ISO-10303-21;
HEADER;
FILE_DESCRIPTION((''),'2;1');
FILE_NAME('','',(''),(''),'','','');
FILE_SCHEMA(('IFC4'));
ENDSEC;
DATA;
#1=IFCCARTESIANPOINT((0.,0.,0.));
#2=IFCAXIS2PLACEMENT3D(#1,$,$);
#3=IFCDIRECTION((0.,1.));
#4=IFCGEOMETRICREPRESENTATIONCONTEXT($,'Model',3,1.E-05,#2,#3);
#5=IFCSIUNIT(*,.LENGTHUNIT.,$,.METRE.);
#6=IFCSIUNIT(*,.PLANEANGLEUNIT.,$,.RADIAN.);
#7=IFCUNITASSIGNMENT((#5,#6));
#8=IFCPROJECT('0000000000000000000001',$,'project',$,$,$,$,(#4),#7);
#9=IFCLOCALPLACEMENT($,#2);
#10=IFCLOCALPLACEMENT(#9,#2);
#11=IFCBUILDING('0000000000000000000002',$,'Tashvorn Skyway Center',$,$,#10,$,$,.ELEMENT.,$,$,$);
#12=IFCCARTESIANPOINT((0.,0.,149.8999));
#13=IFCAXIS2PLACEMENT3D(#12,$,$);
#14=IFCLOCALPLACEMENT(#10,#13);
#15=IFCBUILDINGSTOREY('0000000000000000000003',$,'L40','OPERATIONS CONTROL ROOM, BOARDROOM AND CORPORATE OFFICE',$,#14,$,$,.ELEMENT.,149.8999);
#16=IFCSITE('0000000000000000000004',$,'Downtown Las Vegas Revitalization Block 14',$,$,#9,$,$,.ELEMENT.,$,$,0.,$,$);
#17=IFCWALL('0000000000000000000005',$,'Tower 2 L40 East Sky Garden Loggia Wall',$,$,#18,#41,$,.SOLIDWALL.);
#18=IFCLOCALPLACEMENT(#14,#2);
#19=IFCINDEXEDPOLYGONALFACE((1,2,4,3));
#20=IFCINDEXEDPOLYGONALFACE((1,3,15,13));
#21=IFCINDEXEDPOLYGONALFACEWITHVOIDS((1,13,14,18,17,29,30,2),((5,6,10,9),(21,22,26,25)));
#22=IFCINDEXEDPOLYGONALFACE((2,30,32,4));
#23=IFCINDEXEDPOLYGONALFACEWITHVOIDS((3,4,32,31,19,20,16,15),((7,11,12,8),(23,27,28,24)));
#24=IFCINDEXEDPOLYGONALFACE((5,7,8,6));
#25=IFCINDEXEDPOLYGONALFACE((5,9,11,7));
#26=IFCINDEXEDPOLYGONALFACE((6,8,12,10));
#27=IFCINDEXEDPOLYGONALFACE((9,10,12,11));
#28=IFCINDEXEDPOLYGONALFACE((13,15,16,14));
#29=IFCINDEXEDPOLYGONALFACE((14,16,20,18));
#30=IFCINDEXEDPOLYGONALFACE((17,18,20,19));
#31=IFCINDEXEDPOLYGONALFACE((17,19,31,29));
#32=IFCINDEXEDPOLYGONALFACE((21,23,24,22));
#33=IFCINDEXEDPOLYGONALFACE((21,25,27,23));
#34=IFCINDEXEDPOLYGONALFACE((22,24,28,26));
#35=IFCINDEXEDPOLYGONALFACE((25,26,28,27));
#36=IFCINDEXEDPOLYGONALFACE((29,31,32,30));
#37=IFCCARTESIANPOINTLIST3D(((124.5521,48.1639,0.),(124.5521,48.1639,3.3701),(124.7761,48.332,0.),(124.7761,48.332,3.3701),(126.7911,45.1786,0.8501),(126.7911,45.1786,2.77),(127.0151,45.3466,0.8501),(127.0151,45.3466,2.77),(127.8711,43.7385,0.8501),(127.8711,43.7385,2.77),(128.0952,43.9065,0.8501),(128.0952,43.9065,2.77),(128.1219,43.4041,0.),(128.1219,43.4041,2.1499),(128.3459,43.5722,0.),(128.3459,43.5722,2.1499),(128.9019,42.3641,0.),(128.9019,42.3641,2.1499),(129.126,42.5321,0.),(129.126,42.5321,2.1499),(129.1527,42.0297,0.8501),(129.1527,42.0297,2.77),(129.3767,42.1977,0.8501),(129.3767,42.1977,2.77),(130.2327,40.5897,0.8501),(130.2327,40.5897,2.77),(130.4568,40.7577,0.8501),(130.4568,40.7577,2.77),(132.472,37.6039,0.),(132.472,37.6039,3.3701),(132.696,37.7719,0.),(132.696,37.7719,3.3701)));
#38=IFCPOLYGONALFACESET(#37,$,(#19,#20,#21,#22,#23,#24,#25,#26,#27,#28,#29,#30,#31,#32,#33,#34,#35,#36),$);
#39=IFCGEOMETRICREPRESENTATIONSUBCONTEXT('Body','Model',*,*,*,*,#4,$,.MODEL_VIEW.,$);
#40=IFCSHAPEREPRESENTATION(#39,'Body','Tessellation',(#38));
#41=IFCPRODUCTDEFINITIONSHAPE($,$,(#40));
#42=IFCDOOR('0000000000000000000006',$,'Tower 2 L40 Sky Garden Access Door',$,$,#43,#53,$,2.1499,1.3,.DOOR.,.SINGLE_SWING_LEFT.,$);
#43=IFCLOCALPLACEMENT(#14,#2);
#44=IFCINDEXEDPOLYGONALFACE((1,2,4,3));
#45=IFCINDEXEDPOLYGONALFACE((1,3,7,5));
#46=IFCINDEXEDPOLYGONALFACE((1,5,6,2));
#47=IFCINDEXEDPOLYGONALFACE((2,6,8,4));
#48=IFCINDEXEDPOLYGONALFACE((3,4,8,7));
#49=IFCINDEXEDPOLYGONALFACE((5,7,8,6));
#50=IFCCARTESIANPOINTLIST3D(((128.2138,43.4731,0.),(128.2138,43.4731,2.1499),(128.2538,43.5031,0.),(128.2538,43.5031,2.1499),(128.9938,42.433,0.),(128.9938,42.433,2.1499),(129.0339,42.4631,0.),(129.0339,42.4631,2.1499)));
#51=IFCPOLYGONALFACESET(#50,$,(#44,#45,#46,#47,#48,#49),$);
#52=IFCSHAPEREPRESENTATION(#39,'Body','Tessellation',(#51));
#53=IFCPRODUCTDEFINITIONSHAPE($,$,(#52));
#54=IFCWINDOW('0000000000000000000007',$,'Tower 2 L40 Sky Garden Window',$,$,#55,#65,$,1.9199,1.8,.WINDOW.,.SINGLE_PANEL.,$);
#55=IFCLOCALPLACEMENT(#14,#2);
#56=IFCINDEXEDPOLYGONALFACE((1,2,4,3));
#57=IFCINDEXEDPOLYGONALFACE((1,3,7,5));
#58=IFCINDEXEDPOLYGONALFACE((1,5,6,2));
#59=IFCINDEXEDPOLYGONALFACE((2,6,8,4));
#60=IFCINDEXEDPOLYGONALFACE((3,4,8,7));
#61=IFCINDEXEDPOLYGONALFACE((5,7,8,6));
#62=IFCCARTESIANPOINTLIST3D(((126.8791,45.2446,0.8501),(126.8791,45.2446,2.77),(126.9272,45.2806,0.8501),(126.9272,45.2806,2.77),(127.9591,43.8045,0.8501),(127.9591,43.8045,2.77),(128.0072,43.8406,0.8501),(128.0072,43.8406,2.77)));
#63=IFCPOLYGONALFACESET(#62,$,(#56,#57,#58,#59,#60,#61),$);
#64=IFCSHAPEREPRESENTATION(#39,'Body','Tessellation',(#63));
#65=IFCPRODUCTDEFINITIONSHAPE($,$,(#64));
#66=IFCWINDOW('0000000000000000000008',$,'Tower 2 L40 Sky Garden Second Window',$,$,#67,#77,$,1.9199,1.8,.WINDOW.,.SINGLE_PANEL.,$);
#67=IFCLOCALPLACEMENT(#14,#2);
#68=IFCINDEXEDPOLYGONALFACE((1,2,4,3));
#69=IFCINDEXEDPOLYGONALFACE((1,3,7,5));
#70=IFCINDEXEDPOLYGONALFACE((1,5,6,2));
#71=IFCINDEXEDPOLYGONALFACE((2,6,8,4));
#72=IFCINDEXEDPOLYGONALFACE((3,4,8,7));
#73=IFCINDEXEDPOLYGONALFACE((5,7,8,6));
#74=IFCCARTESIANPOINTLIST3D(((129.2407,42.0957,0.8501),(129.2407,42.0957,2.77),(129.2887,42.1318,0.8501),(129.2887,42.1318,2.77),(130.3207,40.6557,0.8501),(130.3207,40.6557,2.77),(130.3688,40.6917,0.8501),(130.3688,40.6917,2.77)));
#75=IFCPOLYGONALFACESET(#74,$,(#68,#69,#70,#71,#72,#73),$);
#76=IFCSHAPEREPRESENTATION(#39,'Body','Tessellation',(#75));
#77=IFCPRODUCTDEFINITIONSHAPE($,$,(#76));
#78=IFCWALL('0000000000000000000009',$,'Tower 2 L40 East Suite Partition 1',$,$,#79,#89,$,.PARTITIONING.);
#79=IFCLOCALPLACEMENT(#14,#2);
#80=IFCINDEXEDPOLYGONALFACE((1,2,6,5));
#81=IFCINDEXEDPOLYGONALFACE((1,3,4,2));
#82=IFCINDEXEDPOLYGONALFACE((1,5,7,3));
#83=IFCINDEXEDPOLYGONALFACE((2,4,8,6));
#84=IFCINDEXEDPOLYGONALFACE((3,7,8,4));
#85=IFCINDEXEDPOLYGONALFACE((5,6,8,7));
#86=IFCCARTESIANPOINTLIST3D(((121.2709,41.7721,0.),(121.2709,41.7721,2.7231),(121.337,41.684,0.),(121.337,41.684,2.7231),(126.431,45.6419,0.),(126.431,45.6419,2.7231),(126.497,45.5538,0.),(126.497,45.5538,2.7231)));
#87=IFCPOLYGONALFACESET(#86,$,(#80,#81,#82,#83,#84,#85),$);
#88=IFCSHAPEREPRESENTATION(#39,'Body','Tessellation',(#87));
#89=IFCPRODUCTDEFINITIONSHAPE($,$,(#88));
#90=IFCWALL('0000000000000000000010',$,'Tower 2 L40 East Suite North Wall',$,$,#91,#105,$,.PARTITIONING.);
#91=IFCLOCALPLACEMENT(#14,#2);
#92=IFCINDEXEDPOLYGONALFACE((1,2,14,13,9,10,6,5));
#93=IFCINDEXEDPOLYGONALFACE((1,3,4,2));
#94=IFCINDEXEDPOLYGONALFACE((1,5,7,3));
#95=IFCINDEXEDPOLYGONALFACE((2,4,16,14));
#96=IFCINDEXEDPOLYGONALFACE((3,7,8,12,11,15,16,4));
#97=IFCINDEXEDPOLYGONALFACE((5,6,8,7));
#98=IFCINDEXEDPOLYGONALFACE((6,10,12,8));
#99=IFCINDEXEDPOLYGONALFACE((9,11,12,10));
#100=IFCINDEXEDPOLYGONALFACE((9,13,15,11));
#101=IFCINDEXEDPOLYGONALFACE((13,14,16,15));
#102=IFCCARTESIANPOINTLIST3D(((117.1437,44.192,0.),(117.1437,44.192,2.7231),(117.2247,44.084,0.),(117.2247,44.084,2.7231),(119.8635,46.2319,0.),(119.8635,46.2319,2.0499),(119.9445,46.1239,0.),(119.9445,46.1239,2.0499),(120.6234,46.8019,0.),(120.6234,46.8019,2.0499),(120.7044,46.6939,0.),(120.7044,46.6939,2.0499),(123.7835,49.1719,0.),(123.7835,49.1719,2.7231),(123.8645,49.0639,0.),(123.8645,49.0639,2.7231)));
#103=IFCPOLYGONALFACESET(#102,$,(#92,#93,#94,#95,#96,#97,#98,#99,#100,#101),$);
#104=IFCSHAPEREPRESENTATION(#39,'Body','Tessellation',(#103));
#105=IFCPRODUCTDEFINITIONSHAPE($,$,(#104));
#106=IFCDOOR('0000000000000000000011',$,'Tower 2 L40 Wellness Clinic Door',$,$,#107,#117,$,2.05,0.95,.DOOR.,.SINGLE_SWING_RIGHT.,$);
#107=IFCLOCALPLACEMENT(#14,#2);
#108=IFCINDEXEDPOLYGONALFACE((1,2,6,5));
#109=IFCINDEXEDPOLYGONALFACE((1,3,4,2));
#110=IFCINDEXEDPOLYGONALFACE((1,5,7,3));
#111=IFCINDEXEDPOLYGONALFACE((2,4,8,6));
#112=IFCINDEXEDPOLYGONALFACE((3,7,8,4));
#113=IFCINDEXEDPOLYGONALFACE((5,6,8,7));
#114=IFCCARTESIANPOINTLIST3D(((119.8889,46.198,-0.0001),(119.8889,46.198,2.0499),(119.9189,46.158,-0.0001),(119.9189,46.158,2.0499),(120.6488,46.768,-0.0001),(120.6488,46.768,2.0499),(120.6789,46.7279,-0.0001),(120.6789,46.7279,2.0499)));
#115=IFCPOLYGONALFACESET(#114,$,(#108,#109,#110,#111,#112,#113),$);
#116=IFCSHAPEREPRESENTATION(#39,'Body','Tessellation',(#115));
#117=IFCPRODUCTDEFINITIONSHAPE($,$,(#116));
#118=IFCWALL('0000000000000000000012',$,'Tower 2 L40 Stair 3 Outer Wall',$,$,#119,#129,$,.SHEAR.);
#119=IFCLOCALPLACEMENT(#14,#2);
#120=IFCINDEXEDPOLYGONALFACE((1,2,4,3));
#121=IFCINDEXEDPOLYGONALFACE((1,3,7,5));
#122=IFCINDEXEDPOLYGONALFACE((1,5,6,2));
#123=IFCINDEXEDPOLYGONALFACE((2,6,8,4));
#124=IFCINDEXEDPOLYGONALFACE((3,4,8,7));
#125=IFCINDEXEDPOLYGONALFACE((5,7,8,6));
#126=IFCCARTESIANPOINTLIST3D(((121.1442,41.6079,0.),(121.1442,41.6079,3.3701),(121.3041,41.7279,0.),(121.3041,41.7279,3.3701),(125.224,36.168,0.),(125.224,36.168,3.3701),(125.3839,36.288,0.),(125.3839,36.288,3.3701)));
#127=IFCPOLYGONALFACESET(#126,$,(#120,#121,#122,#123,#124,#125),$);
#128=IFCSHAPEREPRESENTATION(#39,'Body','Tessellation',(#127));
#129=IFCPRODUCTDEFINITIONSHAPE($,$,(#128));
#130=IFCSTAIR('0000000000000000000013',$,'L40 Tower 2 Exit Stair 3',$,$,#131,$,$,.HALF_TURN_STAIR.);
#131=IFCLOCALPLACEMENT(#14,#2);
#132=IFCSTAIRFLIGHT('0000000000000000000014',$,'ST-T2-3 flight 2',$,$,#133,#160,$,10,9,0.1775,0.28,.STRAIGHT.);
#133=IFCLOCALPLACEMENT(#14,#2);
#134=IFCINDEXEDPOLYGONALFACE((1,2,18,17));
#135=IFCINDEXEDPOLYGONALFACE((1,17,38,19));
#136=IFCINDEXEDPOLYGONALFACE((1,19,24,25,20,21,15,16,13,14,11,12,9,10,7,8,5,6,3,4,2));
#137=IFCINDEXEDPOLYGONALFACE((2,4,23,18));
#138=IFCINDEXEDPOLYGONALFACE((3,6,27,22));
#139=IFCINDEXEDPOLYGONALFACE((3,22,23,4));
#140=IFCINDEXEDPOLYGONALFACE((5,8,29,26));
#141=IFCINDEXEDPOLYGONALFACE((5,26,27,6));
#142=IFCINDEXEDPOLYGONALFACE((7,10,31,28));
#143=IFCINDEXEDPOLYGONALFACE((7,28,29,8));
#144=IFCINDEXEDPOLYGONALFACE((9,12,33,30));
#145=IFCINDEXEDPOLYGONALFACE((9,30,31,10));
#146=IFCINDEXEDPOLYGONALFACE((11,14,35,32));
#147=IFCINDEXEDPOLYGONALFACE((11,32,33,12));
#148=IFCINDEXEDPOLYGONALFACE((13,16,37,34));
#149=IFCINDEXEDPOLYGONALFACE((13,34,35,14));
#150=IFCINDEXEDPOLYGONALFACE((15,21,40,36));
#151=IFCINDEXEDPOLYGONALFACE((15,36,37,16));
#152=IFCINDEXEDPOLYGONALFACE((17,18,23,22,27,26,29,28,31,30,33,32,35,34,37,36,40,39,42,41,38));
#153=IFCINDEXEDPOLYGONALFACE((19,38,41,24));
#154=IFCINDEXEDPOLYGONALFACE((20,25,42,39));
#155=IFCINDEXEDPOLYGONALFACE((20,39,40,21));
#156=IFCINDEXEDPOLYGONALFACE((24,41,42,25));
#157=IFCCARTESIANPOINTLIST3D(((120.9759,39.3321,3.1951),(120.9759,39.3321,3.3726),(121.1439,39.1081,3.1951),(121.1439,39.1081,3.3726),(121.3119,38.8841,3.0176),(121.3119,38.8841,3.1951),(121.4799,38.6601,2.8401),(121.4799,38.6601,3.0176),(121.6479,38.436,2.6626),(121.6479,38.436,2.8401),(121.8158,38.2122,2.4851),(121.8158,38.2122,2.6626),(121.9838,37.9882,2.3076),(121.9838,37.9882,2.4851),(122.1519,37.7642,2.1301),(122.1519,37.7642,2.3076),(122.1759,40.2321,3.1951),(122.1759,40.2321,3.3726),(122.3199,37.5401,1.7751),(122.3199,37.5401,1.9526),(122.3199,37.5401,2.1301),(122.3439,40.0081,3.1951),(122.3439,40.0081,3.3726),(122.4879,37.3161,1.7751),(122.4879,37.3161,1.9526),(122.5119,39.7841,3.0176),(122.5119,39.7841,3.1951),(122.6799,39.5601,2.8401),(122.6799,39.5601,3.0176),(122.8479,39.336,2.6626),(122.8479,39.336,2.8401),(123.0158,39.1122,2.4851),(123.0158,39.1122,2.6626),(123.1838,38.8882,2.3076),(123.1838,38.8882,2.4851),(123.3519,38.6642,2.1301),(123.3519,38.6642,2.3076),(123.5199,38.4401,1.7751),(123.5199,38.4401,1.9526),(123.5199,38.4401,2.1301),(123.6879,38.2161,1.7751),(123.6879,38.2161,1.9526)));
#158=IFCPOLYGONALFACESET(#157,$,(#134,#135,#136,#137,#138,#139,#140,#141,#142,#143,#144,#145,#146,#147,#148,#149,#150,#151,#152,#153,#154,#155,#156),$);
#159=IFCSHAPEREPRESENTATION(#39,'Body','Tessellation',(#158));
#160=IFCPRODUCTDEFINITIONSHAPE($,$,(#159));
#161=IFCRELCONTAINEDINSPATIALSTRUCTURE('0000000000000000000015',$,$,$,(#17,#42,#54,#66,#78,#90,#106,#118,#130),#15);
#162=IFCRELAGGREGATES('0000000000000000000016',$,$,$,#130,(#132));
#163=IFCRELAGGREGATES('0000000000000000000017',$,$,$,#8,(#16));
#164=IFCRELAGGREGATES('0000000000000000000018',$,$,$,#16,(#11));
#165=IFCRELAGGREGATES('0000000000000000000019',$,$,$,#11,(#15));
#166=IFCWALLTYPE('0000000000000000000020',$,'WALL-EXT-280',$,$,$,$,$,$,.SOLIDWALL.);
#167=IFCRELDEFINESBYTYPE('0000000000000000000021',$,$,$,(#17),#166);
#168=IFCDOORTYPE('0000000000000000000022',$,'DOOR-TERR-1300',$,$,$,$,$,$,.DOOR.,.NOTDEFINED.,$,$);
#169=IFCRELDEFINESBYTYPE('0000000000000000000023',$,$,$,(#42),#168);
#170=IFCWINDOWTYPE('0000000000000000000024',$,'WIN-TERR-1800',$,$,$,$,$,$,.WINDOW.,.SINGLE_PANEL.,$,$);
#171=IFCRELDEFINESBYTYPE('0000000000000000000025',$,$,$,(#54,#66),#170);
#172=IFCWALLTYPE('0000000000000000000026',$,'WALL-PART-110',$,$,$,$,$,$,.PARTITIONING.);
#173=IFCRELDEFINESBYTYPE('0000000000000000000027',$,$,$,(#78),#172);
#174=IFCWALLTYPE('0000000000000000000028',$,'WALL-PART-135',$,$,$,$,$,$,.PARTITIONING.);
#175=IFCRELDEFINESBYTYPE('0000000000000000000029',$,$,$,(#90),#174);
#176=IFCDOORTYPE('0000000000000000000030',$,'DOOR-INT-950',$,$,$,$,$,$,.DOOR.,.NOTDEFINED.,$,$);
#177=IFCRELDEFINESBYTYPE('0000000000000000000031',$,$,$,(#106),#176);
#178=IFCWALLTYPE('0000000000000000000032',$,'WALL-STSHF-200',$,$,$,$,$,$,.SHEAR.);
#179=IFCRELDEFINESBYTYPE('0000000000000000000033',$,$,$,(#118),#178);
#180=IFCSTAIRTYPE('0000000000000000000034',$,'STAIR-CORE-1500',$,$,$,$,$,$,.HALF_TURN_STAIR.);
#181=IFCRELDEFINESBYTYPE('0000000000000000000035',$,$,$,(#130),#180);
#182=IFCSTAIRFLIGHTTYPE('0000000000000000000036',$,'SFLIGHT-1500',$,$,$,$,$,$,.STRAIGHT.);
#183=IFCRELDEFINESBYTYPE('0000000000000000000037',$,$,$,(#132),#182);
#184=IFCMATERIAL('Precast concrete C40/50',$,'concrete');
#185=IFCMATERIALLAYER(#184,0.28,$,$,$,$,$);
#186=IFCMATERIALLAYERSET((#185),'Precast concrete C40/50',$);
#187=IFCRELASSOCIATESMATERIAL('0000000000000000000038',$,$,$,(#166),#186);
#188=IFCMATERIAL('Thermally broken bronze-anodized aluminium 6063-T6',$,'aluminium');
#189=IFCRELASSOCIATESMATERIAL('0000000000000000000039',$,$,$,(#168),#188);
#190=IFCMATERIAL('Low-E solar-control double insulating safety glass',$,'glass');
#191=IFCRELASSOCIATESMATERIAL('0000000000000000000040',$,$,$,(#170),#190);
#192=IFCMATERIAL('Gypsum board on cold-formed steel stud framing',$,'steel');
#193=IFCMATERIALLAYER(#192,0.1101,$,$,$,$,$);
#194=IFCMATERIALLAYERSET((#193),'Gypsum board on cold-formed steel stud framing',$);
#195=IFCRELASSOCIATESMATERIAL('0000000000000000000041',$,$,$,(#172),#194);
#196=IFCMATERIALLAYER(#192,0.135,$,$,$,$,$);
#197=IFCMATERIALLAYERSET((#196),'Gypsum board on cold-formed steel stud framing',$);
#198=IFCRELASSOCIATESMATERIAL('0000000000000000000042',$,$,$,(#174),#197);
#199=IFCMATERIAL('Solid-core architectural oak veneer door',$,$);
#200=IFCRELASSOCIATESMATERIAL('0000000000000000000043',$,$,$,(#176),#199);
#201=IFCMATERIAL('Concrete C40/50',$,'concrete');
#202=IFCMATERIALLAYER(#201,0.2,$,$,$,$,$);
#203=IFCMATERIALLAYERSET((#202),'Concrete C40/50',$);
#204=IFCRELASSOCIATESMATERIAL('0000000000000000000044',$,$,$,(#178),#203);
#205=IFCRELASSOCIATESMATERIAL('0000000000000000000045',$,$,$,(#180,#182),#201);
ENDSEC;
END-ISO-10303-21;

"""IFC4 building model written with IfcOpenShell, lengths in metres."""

from ifc_helpers import new_model, si_unit, direction, frame, frame_2d, origin, place, context, subcontext, project, spatial, polyline, rectangle, outline, extrude, material, layer, layer_set, type_object, element, fill, aggregate, save


model = new_model("IFC4")

# Units and contexts
model_context = context("Model", 3, precision=1e-05, world=origin(), true_north=direction((0.0, 1.0)))
body_context = subcontext(model_context, "Body", "Model", "MODEL_VIEW")
ifc_project = project(units=[si_unit("LENGTHUNIT", "METRE"), si_unit("PLANEANGLEUNIT", "RADIAN")], contexts=[model_context])

# Site, building, storey
site_placement = place(None, origin())
site = spatial("IfcSite", under=ifc_project, at=site_placement, Name="Downtown Las Vegas Revitalization Block 14", CompositionType="ELEMENT", RefElevation=0.0)
building_placement = place(site_placement, origin())
building = spatial("IfcBuilding", under=site, at=building_placement, Name="Tashvorn Skyway Center", CompositionType="ELEMENT")
storey_placement = place(building_placement, frame((0.0, 0.0, 149.8999)))
storey = spatial("IfcBuildingStorey", under=building, at=storey_placement, Name="L40", Description="OPERATIONS CONTROL ROOM, BOARDROOM AND CORPORATE OFFICE", CompositionType="ELEMENT", Elevation=149.8999)

# Shared definitions
ifc_material_1 = material(Name="Thermally broken bronze-anodized aluminium 6063-T6", Category="aluminium")

# Shared definitions
ifc_material_2 = material(Name="Low-E solar-control double insulating safety glass", Category="glass")

# Wall, openings, door, windows
ifc_material_3 = material(Name="Precast concrete C40/50", Category="concrete")
ifc_layer_1 = layer(ifc_material_3, 0.28)
ifc_layer_set_1 = layer_set([ifc_layer_1], Name="Precast concrete C40/50")
wall_type_1 = type_object("IfcWallType", Name="WALL-EXT-280", PredefinedType="SOLIDWALL", material=ifc_layer_set_1)
wall_1_placement = place(storey_placement, frame((124.6641, 48.248, 0.0), z_axis=(0.0, 0.0, 1.0), x_axis=(0.599994, -0.800004, 0.0)))
wall_1 = element("IfcWall", 1, at=wall_1_placement, inside=storey, type_object=wall_type_1, Name="Tower 2 L40 East Sky Garden Loggia Wall", PredefinedType="SOLIDWALL", context=body_context, shape_type="SweptSolid", body=[
    extrude(rectangle(XDim=13.2, YDim=0.28, at=frame_2d((6.6001, 0.0))), origin(), (0.0, 0.0, 1.0), 3.3701),
])
opening_1_placement = place(wall_1_placement, frame((5.95, 0.0, 0.0)))
opening_1 = element("IfcOpeningElement", 2, at=opening_1_placement, cuts=wall_1, PredefinedType="OPENING", context=body_context, shape_type="SweptSolid", body=[
    extrude(rectangle(XDim=1.3, YDim=2.1499, at=frame_2d((0.6499, 1.075))), frame((0.0, 0.1499, 0.0), z_axis=(0.0, -1.0, 0.0), x_axis=(1.0, 0.0, 0.0)), (0.0, 0.0, 1.0), 0.3),
])
opening_2_placement = place(wall_1_placement, frame((3.7319, 0.0, 0.8501)))
opening_2 = element("IfcOpeningElement", 3, at=opening_2_placement, cuts=wall_1, PredefinedType="OPENING", context=body_context, shape_type="SweptSolid", body=[
    extrude(rectangle(XDim=1.8, YDim=1.9199, at=frame_2d((0.8999, 0.96))), frame((0.0, 0.1499, 0.0), z_axis=(0.0, -1.0, 0.0), x_axis=(1.0, 0.0, 0.0)), (0.0, 0.0, 1.0), 0.3),
])
opening_3_placement = place(wall_1_placement, frame((7.668, 0.0, 0.8501)))
opening_3 = element("IfcOpeningElement", 4, at=opening_3_placement, cuts=wall_1, PredefinedType="OPENING", context=body_context, shape_type="SweptSolid", body=[
    extrude(rectangle(XDim=1.8, YDim=1.9199, at=frame_2d((0.8999, 0.96))), frame((0.0, 0.1499, 0.0), z_axis=(0.0, -1.0, 0.0), x_axis=(1.0, 0.0, 0.0)), (0.0, 0.0, 1.0), 0.3),
])
door_type_1 = type_object("IfcDoorType", Name="DOOR-TERR-1300", OperationType="NOTDEFINED", PredefinedType="DOOR", material=ifc_material_1)
door_1_placement = place(opening_1_placement, origin())
door_1 = element("IfcDoor", 5, at=door_1_placement, inside=storey, type_object=door_type_1, Name="Tower 2 L40 Sky Garden Access Door", OperationType="SINGLE_SWING_LEFT", OverallHeight=2.1499, OverallWidth=1.3, PredefinedType="DOOR", context=body_context, shape_type="SweptSolid", body=[
    extrude(rectangle(XDim=1.3, YDim=2.1499, at=frame_2d((0.6499, 1.075))), frame((0.0, 0.0249, 0.0), z_axis=(0.0, -1.0, 0.0), x_axis=(1.0, 0.0, 0.0)), (0.0, 0.0, 1.0), 0.05),
])
fill(opening_1, door_1)
window_type = type_object("IfcWindowType", Name="WIN-TERR-1800", PartitioningType="SINGLE_PANEL", PredefinedType="WINDOW", material=ifc_material_2)
window_1_placement = place(opening_2_placement, origin())
window_1 = element("IfcWindow", 6, at=window_1_placement, inside=storey, type_object=window_type, Name="Tower 2 L40 Sky Garden Window", OverallHeight=1.9199, OverallWidth=1.8, PartitioningType="SINGLE_PANEL", PredefinedType="WINDOW", context=body_context, shape_type="SweptSolid", body=[
    extrude(rectangle(XDim=1.8, YDim=1.9199, at=frame_2d((0.8999, 0.96))), frame((0.0, 0.03, 0.0), z_axis=(0.0, -1.0, 0.0), x_axis=(1.0, 0.0, 0.0)), (0.0, 0.0, 1.0), 0.0601),
])
fill(opening_2, window_1)
window_2_placement = place(opening_3_placement, origin())
window_2 = element("IfcWindow", 7, at=window_2_placement, inside=storey, type_object=window_type, Name="Tower 2 L40 Sky Garden Second Window", OverallHeight=1.9199, OverallWidth=1.8, PartitioningType="SINGLE_PANEL", PredefinedType="WINDOW", context=body_context, shape_type="SweptSolid", body=[
    extrude(rectangle(XDim=1.8, YDim=1.9199, at=frame_2d((0.8999, 0.96))), frame((0.0, 0.03, 0.0), z_axis=(0.0, -1.0, 0.0), x_axis=(1.0, 0.0, 0.0)), (0.0, 0.0, 1.0), 0.0601),
])
fill(opening_3, window_2)

# Wall
ifc_material_4 = material(Name="Gypsum board on cold-formed steel stud framing", Category="steel")
ifc_layer_2 = layer(ifc_material_4, 0.1101)
ifc_layer_set_2 = layer_set([ifc_layer_2], Name="Gypsum board on cold-formed steel stud framing")
wall_type_2 = type_object("IfcWallType", Name="WALL-PART-110", PredefinedType="PARTITIONING", material=ifc_layer_set_2)
wall_2_placement = place(storey_placement, frame((126.4641, 45.5979, 0.0), z_axis=(0.0, 0.0, 1.0), x_axis=(-0.800018, -0.599976, 0.0)))
element("IfcWall", 8, at=wall_2_placement, inside=storey, type_object=wall_type_2, Name="Tower 2 L40 East Suite Partition 1", PredefinedType="PARTITIONING", context=body_context, shape_type="SweptSolid", body=[
    extrude(rectangle(XDim=6.45, YDim=0.1101, at=frame_2d((3.2251, 0.0))), origin(), (0.0, 0.0, 1.0), 2.7231),
])

# Wall, opening, door
ifc_layer_3 = layer(ifc_material_4, 0.135)
ifc_layer_set_3 = layer_set([ifc_layer_3], Name="Gypsum board on cold-formed steel stud framing")
wall_type_3 = type_object("IfcWallType", Name="WALL-PART-135", PredefinedType="PARTITIONING", material=ifc_layer_set_3)
wall_3_placement = place(storey_placement, frame((123.824, 49.1179, 0.0), z_axis=(0.0, 0.0, 1.0), x_axis=(-0.799996, -0.600005, 0.0)))
wall_3 = element("IfcWall", 9, at=wall_3_placement, inside=storey, type_object=wall_type_3, Name="Tower 2 L40 East Suite North Wall", PredefinedType="PARTITIONING", context=body_context, shape_type="SweptSolid", body=[
    extrude(rectangle(XDim=8.2998, YDim=0.135, at=frame_2d((4.1499, 0.0))), origin(), (0.0, 0.0, 1.0), 2.7231),
])
opening_4_placement = place(wall_3_placement, frame((3.95, 0.0, 0.0)))
opening_4 = element("IfcOpeningElement", 10, at=opening_4_placement, cuts=wall_3, PredefinedType="OPENING", context=body_context, shape_type="SweptSolid", body=[
    extrude(rectangle(XDim=0.95, YDim=2.05, at=frame_2d((0.4751, 1.0249))), frame((0.0, 0.0774, 0.0), z_axis=(0.0, -1.0, 0.0), x_axis=(1.0, 0.0, 0.0)), (0.0, 0.0, 1.0), 0.155),
])
ifc_material_5 = material(Name="Solid-core architectural oak veneer door")
door_type_2 = type_object("IfcDoorType", Name="DOOR-INT-950", OperationType="NOTDEFINED", PredefinedType="DOOR", material=ifc_material_5)
door_2_placement = place(opening_4_placement, origin())
door_2 = element("IfcDoor", 11, at=door_2_placement, inside=storey, type_object=door_type_2, Name="Tower 2 L40 Wellness Clinic Door", OperationType="SINGLE_SWING_RIGHT", OverallHeight=2.05, OverallWidth=0.95, PredefinedType="DOOR", context=body_context, shape_type="SweptSolid", body=[
    extrude(rectangle(XDim=0.95, YDim=2.05, at=frame_2d((0.4751, 1.0249))), frame((0.0, 0.0249, 0.0), z_axis=(0.0, -1.0, 0.0), x_axis=(1.0, 0.0, 0.0)), (0.0, 0.0, 1.0), 0.05),
])
fill(opening_4, door_2)

# Wall
ifc_material_6 = material(Name="Concrete C40/50", Category="concrete")
ifc_layer_4 = layer(ifc_material_6, 0.2)
ifc_layer_set_4 = layer_set([ifc_layer_4], Name="Concrete C40/50")
wall_type_4 = type_object("IfcWallType", Name="WALL-STSHF-200", PredefinedType="SHEAR", material=ifc_layer_set_4)
wall_4_placement = place(storey_placement, frame((125.304, 36.228, 0.0), z_axis=(0.0, 0.0, 1.0), x_axis=(-0.599989, 0.800009, 0.0)))
element("IfcWall", 12, at=wall_4_placement, inside=storey, type_object=wall_type_4, Name="Tower 2 L40 Stair 3 Outer Wall", PredefinedType="SHEAR", context=body_context, shape_type="SweptSolid", body=[
    extrude(rectangle(XDim=6.7998, YDim=0.2, at=frame_2d((3.3999, 0.0))), origin(), (0.0, 0.0, 1.0), 3.3701),
])

# Stair, stair flight
stair_type = type_object("IfcStairType", Name="STAIR-CORE-1500", PredefinedType="HALF_TURN_STAIR", material=ifc_material_6)
stair_placement = place(storey_placement, origin())
stair = element("IfcStair", 13, at=stair_placement, inside=storey, type_object=stair_type, Name="L40 Tower 2 Exit Stair 3", PredefinedType="HALF_TURN_STAIR")
stair_flight_type = type_object("IfcStairFlightType", Name="SFLIGHT-1500", PredefinedType="STRAIGHT", material=ifc_material_6)
stair_flight_placement = place(storey_placement, frame((123.0879, 37.7661, 1.7751), z_axis=(0.0, 0.0, 1.0), x_axis=(-0.6, 0.8, 0.0)))
stair_flight = element("IfcStairFlight", 14, at=stair_flight_placement, type_object=stair_flight_type, Name="ST-T2-3 flight 2", NumberOfRisers=10, NumberOfTreads=9, PredefinedType="STRAIGHT", RiserHeight=0.1775, TreadLength=0.28, context=body_context, shape_type="SweptSolid", body=[
    extrude(outline(polyline([(0.0, 0.0), (0.0, 0.1775), (0.28, 0.1775), (0.28, 0.355), (0.5601, 0.355), (0.5601, 0.5325), (0.8401, 0.5325), (0.8401, 0.71), (1.1201, 0.71), (1.1201, 0.8875), (1.3999, 0.8875), (1.3999, 1.0649), (1.6799, 1.0649), (1.6799, 1.2424), (1.96, 1.2424), (1.96, 1.4199), (2.24, 1.4199), (2.24, 1.5974), (2.52, 1.5974), (2.52, 1.7749), (2.52, 1.4199), (0.28, 0.0), (0.0, 0.0)])), frame((0.0, 0.75, 0.0), z_axis=(0.0, -1.0, 0.0), x_axis=(1.0, 0.0, 0.0)), (0.0, 0.0, 1.0), 1.5),
])
aggregate(stair, [stair_flight])

save(model, "model.ifc")
